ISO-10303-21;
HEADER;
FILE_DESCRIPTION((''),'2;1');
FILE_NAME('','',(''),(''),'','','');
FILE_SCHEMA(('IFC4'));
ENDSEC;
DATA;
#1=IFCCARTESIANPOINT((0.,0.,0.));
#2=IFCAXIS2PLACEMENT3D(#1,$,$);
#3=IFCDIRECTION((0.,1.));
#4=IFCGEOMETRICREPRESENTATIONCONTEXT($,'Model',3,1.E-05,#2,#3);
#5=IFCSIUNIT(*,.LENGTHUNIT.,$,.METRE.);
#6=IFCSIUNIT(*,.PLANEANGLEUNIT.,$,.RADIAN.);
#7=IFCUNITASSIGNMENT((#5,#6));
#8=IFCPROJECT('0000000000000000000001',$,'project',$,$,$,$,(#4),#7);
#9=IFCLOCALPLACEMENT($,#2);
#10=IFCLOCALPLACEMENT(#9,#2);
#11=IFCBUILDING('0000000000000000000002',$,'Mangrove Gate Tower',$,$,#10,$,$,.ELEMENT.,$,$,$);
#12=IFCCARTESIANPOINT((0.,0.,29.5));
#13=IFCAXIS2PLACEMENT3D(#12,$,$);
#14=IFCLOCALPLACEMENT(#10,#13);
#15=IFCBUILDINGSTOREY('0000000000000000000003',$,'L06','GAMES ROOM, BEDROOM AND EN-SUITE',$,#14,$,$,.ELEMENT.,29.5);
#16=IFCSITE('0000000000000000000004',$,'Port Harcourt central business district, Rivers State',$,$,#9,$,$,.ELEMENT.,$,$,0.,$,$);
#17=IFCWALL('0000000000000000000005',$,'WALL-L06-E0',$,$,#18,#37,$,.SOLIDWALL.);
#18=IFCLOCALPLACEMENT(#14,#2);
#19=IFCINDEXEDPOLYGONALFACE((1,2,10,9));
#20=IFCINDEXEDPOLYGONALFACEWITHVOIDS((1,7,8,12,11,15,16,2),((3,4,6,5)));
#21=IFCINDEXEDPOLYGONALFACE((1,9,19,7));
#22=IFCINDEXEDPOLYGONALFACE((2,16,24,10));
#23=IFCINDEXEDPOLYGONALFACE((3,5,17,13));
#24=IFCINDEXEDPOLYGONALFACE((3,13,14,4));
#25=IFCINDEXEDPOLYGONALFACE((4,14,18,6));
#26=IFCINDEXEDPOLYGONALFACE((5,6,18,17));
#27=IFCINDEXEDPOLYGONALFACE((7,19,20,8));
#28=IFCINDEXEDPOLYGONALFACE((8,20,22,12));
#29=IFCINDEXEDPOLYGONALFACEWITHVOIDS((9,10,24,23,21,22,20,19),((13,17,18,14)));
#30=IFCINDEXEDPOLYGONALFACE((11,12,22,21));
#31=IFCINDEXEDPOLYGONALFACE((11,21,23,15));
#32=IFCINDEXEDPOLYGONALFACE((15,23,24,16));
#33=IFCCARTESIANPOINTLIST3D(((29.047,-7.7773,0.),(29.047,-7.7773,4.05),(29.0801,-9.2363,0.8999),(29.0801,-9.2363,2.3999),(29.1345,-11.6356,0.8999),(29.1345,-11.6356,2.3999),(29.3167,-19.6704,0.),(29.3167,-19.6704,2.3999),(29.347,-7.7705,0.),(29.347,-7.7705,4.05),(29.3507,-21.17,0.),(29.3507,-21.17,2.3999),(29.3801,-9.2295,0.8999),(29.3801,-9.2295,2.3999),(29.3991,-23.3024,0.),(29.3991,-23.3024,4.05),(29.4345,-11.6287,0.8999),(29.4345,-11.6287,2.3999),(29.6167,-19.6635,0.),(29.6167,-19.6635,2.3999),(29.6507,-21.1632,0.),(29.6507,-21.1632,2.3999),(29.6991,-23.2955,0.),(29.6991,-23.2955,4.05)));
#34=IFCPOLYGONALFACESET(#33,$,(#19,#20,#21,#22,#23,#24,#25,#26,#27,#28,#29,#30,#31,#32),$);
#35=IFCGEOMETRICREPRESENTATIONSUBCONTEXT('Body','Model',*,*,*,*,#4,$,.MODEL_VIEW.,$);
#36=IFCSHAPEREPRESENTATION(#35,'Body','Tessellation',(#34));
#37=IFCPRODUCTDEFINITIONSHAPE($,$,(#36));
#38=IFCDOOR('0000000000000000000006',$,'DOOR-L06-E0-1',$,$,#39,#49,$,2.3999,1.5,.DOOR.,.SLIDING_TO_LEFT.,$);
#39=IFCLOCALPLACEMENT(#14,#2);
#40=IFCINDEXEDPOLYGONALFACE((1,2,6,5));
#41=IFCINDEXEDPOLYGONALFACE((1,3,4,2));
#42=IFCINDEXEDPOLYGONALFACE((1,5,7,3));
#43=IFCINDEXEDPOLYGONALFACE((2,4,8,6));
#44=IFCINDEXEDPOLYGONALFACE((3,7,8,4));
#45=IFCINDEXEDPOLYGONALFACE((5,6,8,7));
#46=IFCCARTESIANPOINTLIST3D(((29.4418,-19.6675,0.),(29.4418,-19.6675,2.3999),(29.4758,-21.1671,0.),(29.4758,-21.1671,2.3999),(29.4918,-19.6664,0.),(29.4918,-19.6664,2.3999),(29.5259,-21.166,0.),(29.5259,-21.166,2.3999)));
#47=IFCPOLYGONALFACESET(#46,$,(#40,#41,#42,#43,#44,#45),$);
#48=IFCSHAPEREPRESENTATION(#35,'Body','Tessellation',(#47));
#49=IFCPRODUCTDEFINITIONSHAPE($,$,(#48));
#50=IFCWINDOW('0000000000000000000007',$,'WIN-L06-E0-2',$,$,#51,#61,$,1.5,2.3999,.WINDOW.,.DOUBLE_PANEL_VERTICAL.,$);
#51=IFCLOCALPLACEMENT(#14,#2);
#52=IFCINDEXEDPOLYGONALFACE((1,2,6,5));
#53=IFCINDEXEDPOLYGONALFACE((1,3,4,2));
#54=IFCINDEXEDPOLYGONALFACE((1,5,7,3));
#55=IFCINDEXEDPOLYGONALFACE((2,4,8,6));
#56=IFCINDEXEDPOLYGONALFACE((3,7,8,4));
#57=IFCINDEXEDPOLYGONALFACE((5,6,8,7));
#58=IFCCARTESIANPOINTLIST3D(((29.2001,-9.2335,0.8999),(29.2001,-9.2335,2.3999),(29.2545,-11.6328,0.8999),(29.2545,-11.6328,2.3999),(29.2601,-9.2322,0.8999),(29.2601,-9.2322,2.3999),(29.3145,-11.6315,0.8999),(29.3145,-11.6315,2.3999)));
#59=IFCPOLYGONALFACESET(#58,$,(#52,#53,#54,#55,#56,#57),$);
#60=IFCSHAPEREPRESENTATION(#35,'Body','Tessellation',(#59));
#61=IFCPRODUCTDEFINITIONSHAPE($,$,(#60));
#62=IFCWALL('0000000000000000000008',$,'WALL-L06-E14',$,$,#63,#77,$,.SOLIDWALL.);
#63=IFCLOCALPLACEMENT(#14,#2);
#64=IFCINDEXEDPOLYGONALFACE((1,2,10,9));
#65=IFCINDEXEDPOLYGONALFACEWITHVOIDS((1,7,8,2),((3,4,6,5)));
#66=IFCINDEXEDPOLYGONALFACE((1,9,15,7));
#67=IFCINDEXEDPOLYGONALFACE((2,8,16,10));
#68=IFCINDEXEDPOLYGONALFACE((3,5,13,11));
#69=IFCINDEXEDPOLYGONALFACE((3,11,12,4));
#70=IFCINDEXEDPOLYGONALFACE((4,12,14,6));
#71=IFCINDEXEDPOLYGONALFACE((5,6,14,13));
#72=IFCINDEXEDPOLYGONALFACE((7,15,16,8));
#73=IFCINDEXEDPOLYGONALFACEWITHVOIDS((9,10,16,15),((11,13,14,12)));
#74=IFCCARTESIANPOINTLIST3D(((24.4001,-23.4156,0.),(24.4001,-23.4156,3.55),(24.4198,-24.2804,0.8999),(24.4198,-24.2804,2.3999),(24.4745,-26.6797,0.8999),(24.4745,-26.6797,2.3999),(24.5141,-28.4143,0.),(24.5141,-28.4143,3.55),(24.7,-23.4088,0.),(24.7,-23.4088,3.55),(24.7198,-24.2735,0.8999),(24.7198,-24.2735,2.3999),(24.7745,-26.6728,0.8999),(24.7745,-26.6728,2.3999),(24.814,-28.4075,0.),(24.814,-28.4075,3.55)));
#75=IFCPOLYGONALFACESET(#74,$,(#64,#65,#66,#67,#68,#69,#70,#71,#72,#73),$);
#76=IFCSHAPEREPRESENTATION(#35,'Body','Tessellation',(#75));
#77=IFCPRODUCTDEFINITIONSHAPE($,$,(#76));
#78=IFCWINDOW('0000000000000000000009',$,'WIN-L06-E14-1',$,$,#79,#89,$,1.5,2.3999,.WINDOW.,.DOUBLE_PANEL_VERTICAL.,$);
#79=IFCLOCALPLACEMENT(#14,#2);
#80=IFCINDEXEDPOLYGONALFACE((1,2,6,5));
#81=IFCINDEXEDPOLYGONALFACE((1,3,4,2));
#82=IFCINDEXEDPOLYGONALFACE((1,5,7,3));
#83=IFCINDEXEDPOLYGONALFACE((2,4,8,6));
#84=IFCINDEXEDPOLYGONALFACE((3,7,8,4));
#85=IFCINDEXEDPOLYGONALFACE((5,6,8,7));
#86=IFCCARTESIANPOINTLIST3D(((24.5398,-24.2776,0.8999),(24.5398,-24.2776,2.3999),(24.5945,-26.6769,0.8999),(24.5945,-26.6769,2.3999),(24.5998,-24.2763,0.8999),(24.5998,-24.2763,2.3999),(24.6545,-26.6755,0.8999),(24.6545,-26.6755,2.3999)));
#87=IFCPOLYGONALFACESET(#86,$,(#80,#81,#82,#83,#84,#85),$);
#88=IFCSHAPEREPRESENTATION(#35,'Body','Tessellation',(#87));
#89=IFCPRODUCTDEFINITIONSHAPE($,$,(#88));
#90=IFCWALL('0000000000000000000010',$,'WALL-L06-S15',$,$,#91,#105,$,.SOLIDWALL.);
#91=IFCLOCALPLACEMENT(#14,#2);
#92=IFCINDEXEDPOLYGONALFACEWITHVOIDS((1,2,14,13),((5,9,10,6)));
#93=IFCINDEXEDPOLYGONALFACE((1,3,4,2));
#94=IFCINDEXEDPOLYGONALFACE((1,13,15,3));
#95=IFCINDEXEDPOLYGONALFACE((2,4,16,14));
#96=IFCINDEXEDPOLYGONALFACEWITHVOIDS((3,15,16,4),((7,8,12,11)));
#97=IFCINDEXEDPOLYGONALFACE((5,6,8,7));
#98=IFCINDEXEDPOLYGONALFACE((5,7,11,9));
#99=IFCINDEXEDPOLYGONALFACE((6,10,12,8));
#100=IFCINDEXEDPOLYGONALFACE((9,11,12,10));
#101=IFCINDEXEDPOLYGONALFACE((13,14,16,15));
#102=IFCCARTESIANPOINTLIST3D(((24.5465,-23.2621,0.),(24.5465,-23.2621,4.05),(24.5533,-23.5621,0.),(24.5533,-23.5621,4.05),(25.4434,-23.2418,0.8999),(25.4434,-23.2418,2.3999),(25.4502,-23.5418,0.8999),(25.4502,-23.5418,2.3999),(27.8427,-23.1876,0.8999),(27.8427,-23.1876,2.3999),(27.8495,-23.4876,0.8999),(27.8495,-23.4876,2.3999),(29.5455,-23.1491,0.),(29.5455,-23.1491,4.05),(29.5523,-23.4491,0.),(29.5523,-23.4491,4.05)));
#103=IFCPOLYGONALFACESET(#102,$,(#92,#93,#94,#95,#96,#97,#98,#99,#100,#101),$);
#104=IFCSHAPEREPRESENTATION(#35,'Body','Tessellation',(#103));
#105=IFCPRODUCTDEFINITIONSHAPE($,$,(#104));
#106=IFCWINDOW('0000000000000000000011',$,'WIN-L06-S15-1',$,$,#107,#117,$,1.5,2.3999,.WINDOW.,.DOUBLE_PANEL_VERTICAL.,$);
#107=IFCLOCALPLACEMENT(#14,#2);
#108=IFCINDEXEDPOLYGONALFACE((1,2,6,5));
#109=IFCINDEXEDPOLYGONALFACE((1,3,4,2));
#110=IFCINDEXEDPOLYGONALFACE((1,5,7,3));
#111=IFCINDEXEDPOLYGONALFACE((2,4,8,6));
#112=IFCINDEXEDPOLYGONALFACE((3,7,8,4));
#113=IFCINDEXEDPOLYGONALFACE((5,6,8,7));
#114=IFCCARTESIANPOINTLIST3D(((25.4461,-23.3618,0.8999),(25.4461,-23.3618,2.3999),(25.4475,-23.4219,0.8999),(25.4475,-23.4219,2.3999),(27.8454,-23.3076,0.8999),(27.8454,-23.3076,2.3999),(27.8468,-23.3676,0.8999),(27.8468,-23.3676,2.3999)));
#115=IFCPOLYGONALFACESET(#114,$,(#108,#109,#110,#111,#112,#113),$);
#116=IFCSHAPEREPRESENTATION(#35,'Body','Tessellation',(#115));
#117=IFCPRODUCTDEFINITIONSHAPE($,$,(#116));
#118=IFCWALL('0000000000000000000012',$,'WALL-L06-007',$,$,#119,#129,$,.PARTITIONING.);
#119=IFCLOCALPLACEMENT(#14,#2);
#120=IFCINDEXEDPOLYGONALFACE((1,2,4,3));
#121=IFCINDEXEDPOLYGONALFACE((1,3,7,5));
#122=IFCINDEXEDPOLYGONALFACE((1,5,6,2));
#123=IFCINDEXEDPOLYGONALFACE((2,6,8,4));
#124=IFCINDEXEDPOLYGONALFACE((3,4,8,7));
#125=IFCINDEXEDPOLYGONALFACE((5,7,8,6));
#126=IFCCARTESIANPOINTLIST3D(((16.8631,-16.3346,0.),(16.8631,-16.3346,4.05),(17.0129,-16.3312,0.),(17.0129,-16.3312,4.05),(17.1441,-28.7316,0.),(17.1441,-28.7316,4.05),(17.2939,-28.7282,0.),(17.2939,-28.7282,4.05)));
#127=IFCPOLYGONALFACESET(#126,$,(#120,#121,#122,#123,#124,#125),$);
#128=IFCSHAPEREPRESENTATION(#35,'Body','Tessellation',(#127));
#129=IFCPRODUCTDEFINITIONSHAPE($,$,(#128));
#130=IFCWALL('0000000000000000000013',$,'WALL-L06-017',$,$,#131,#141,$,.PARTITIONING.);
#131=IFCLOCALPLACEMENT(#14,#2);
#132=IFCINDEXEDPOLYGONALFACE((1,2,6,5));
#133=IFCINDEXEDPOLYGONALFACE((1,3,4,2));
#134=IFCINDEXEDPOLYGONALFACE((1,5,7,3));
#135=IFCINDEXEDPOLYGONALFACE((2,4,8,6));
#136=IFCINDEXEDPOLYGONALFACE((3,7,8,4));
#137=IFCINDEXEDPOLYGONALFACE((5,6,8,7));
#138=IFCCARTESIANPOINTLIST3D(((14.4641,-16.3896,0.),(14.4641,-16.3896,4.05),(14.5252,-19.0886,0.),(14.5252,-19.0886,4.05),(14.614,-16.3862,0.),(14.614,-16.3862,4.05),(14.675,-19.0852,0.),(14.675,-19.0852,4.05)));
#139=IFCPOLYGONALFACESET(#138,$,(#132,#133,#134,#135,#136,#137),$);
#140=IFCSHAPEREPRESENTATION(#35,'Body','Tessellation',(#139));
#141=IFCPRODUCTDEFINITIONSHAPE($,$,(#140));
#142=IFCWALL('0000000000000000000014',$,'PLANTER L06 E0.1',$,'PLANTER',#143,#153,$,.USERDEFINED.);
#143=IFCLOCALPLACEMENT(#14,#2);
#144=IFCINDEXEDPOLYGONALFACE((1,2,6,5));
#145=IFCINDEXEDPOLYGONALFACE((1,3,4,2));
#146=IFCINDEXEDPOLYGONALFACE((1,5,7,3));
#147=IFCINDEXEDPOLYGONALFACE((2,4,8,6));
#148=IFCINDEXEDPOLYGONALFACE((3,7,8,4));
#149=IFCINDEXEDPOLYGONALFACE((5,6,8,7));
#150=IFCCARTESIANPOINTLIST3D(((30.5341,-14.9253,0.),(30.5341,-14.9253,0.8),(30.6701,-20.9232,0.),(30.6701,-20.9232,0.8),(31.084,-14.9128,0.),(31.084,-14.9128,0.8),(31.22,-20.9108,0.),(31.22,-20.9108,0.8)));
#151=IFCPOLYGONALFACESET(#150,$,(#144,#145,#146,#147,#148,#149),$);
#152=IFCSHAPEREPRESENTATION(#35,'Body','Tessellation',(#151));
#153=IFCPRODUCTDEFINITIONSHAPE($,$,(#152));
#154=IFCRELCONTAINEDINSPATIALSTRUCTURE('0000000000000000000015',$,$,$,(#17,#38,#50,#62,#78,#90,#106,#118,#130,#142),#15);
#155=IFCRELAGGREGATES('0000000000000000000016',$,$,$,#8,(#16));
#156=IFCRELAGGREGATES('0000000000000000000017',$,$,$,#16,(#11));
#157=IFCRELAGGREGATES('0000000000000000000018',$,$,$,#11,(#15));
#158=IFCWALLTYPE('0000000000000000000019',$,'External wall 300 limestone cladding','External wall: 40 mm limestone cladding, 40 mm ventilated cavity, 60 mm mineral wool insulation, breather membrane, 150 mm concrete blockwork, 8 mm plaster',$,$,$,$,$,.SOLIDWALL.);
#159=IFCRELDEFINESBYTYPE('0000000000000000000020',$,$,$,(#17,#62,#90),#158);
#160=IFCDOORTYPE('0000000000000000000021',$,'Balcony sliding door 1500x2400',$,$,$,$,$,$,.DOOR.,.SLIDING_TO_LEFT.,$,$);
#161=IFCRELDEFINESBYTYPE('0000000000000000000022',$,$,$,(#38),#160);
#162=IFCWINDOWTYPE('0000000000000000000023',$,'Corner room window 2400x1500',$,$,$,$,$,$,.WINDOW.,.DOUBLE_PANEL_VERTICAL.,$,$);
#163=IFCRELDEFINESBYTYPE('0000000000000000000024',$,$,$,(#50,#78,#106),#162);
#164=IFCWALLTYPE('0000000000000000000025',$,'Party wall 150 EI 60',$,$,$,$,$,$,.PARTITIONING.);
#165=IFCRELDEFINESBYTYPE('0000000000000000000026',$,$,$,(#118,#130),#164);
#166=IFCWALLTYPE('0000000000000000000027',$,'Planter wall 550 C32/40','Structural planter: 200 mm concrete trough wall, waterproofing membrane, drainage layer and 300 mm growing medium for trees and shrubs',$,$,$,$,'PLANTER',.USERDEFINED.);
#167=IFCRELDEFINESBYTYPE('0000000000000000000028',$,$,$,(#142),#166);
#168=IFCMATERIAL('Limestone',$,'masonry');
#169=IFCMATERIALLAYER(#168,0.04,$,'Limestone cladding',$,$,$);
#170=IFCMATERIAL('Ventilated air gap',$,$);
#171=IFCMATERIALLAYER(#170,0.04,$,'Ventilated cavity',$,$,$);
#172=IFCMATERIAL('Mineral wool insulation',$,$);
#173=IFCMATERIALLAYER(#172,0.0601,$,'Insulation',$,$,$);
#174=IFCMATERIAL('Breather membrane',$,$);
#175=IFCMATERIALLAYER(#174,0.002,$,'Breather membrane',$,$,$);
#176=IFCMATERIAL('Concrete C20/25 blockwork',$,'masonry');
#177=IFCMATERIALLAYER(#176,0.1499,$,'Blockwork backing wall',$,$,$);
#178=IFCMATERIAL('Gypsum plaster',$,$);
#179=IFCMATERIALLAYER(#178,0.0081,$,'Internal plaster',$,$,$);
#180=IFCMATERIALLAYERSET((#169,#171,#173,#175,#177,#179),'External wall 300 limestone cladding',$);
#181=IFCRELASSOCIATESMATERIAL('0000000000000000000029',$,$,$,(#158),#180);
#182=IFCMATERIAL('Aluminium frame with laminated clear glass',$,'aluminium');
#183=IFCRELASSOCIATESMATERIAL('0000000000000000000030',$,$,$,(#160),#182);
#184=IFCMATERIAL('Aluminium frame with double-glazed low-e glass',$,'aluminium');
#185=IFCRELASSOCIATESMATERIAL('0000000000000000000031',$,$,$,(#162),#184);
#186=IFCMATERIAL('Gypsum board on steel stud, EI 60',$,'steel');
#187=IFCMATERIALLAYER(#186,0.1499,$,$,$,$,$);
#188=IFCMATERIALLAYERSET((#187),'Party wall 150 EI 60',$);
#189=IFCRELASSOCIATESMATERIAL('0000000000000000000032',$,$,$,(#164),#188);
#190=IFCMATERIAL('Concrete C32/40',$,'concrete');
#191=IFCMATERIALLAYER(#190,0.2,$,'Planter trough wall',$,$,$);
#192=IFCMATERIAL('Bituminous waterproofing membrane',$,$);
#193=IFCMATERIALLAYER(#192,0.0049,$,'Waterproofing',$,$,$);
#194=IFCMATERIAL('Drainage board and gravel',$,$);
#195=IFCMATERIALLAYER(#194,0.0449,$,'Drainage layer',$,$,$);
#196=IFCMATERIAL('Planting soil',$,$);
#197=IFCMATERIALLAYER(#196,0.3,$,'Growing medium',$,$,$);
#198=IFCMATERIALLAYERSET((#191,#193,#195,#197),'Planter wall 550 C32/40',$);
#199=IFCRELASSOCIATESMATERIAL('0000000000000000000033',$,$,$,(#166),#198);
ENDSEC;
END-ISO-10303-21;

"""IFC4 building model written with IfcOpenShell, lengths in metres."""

from ifc_helpers import new_model, si_unit, direction, frame, frame_2d, origin, place, context, subcontext, project, spatial, rectangle, extrude, material, layer, layer_set, type_object, element, fill, save


model = new_model("IFC4")

# Units and contexts
model_context = context("Model", 3, precision=1e-05, world=origin(), true_north=direction((0.0, 1.0)))
body_context = subcontext(model_context, "Body", "Model", "MODEL_VIEW")
ifc_project = project(units=[si_unit("LENGTHUNIT", "METRE"), si_unit("PLANEANGLEUNIT", "RADIAN")], contexts=[model_context])

# Site, building, storey
site_placement = place(None, origin())
site = spatial("IfcSite", under=ifc_project, at=site_placement, Name="Port Harcourt central business district, Rivers State", CompositionType="ELEMENT", RefElevation=0.0)
building_placement = place(site_placement, origin())
building = spatial("IfcBuilding", under=site, at=building_placement, Name="Mangrove Gate Tower", CompositionType="ELEMENT")
storey_placement = place(building_placement, frame((0.0, 0.0, 29.5)))
storey = spatial("IfcBuildingStorey", under=building, at=storey_placement, Name="L06", Description="GAMES ROOM, BEDROOM AND EN-SUITE", CompositionType="ELEMENT", Elevation=29.5)

# Wall, openings, door, window
ifc_material_1 = material(Name="Limestone", Category="masonry")
ifc_layer_1 = layer(ifc_material_1, 0.04, Name="Limestone cladding")
ifc_material_2 = material(Name="Ventilated air gap")
ifc_layer_2 = layer(ifc_material_2, 0.04, Name="Ventilated cavity")
ifc_material_3 = material(Name="Mineral wool insulation")
ifc_layer_3 = layer(ifc_material_3, 0.0601, Name="Insulation")
ifc_material_4 = material(Name="Breather membrane")
ifc_layer_4 = layer(ifc_material_4, 0.002, Name="Breather membrane")
ifc_material_5 = material(Name="Concrete C20/25 blockwork", Category="masonry")
ifc_layer_5 = layer(ifc_material_5, 0.1499, Name="Blockwork backing wall")
ifc_material_6 = material(Name="Gypsum plaster")
ifc_layer_6 = layer(ifc_material_6, 0.0081, Name="Internal plaster")
ifc_layer_set_1 = layer_set([ifc_layer_1, ifc_layer_2, ifc_layer_3, ifc_layer_4, ifc_layer_5, ifc_layer_6], Name="External wall 300 limestone cladding")
wall_type_1 = type_object("IfcWallType", Name="External wall 300 limestone cladding", Description="External wall: 40 mm limestone cladding, 40 mm ventilated cavity, 60 mm mineral wool insulation, breather membrane, 150 mm concrete blockwork, 8 mm plaster", PredefinedType="SOLIDWALL", material=ifc_layer_set_1)
wall_1_placement = place(storey_placement, frame((29.5491, -23.2991, 0.0), z_axis=(0.0, 0.0, 1.0), x_axis=(-0.02267, 0.999743, 0.0)))
wall_1 = element("IfcWall", 1, at=wall_1_placement, inside=storey, type_object=wall_type_1, Name="WALL-L06-E0", PredefinedType="SOLIDWALL", context=body_context, shape_type="SweptSolid", body=[
    extrude(rectangle(XDim=15.5291, YDim=0.3, at=frame_2d((7.7646, 0.0))), origin(), (0.0, 0.0, 1.0), 4.05),
])
opening_1_placement = place(wall_1_placement, frame((2.1331, 0.0, 0.0)))
opening_1 = element("IfcOpeningElement", 2, at=opening_1_placement, cuts=wall_1, PredefinedType="OPENING", context=body_context, shape_type="SweptSolid", body=[
    extrude(rectangle(XDim=1.5, YDim=2.3999, at=frame_2d((0.75, 1.2))), frame((0.0, 0.1599, 0.0), z_axis=(0.0, -1.0, 0.0), x_axis=(1.0, 0.0, 0.0)), (0.0, 0.0, 1.0), 0.3201),
])
opening_2_placement = place(wall_1_placement, frame((11.6699, 0.0, 0.8999)))
opening_2 = element("IfcOpeningElement", 3, at=opening_2_placement, cuts=wall_1, PredefinedType="OPENING", context=body_context, shape_type="SweptSolid", body=[
    extrude(rectangle(XDim=2.3999, YDim=1.5, at=frame_2d((1.2, 0.75))), frame((0.0, 0.1599, 0.0), z_axis=(0.0, -1.0, 0.0), x_axis=(1.0, 0.0, 0.0)), (0.0, 0.0, 1.0), 0.3201),
])
ifc_material_7 = material(Name="Aluminium frame with laminated clear glass", Category="aluminium")
door_type = type_object("IfcDoorType", Name="Balcony sliding door 1500x2400", OperationType="SLIDING_TO_LEFT", PredefinedType="DOOR", material=ifc_material_7)
door_placement = place(opening_1_placement, origin())
door = element("IfcDoor", 4, at=door_placement, inside=storey, type_object=door_type, Name="DOOR-L06-E0-1", OperationType="SLIDING_TO_LEFT", OverallHeight=2.3999, OverallWidth=1.5, PredefinedType="DOOR", context=body_context, shape_type="SweptSolid", body=[
    extrude(rectangle(XDim=1.5, YDim=2.3999, at=frame_2d((0.75, 1.2))), frame((0.0, 0.0249, 0.0), z_axis=(0.0, -1.0, 0.0), x_axis=(1.0, 0.0, 0.0)), (0.0, 0.0, 1.0), 0.05),
])
fill(opening_1, door)
ifc_material_8 = material(Name="Aluminium frame with double-glazed low-e glass", Category="aluminium")
window_type = type_object("IfcWindowType", Name="Corner room window 2400x1500", PartitioningType="DOUBLE_PANEL_VERTICAL", PredefinedType="WINDOW", material=ifc_material_8)
window_1_placement = place(opening_2_placement, origin())
window_1 = element("IfcWindow", 5, at=window_1_placement, inside=storey, type_object=window_type, Name="WIN-L06-E0-2", OverallHeight=1.5, OverallWidth=2.3999, PartitioningType="DOUBLE_PANEL_VERTICAL", PredefinedType="WINDOW", context=body_context, shape_type="SweptSolid", body=[
    extrude(rectangle(XDim=2.3999, YDim=1.5, at=frame_2d((1.2, 0.75))), frame((0.0, 0.03, 0.0), z_axis=(0.0, -1.0, 0.0), x_axis=(1.0, 0.0, 0.0)), (0.0, 0.0, 1.0), 0.0601),
])
fill(opening_2, window_1)

# Walls, openings, windows
wall_2_placement = place(storey_placement, frame((24.6641, -28.4109, 0.0), z_axis=(0.0, 0.0, 1.0), x_axis=(-0.022802, 0.99974, 0.0)))
wall_2 = element("IfcWall", 6, at=wall_2_placement, inside=storey, type_object=wall_type_1, Name="WALL-L06-E14", PredefinedType="SOLIDWALL", context=body_context, shape_type="SweptSolid", body=[
    extrude(rectangle(XDim=5.0, YDim=0.3, at=frame_2d((2.5, 0.0))), origin(), (0.0, 0.0, 1.0), 3.55),
])
opening_3_placement = place(wall_2_placement, frame((1.7351, 0.0, 0.8999)))
opening_3 = element("IfcOpeningElement", 7, at=opening_3_placement, cuts=wall_2, PredefinedType="OPENING", context=body_context, shape_type="SweptSolid", body=[
    extrude(rectangle(XDim=2.3999, YDim=1.5, at=frame_2d((1.2, 0.75))), frame((0.0, 0.1599, 0.0), z_axis=(0.0, -1.0, 0.0), x_axis=(1.0, 0.0, 0.0)), (0.0, 0.0, 1.0), 0.3201),
])
window_2_placement = place(opening_3_placement, origin())
window_2 = element("IfcWindow", 8, at=window_2_placement, inside=storey, type_object=window_type, Name="WIN-L06-E14-1", OverallHeight=1.5, OverallWidth=2.3999, PartitioningType="DOUBLE_PANEL_VERTICAL", PredefinedType="WINDOW", context=body_context, shape_type="SweptSolid", body=[
    extrude(rectangle(XDim=2.3999, YDim=1.5, at=frame_2d((1.2, 0.75))), frame((0.0, 0.03, 0.0), z_axis=(0.0, -1.0, 0.0), x_axis=(1.0, 0.0, 0.0)), (0.0, 0.0, 1.0), 0.0601),
])
fill(opening_3, window_2)
wall_3_placement = place(storey_placement, frame((24.55, -23.4121, 0.0), z_axis=(0.0, 0.0, 1.0), x_axis=(0.999744, 0.022606, 0.0)))
wall_3 = element("IfcWall", 9, at=wall_3_placement, inside=storey, type_object=wall_type_1, Name="WALL-L06-S15", PredefinedType="SOLIDWALL", context=body_context, shape_type="SweptSolid", body=[
    extrude(rectangle(XDim=5.0002, YDim=0.3, at=frame_2d((2.5, 0.0))), origin(), (0.0, 0.0, 1.0), 4.05),
])
opening_4_placement = place(wall_3_placement, frame((0.897, 0.0, 0.8999)))
opening_4 = element("IfcOpeningElement", 10, at=opening_4_placement, cuts=wall_3, PredefinedType="OPENING", context=body_context, shape_type="SweptSolid", body=[
    extrude(rectangle(XDim=2.3999, YDim=1.5, at=frame_2d((1.2, 0.75))), frame((0.0, 0.1599, 0.0), z_axis=(0.0, -1.0, 0.0), x_axis=(1.0, 0.0, 0.0)), (0.0, 0.0, 1.0), 0.3201),
])
window_3_placement = place(opening_4_placement, origin())
window_3 = element("IfcWindow", 11, at=window_3_placement, inside=storey, type_object=window_type, Name="WIN-L06-S15-1", OverallHeight=1.5, OverallWidth=2.3999, PartitioningType="DOUBLE_PANEL_VERTICAL", PredefinedType="WINDOW", context=body_context, shape_type="SweptSolid", body=[
    extrude(rectangle(XDim=2.3999, YDim=1.5, at=frame_2d((1.2, 0.75))), frame((0.0, 0.03, 0.0), z_axis=(0.0, -1.0, 0.0), x_axis=(1.0, 0.0, 0.0)), (0.0, 0.0, 1.0), 0.0601),
])
fill(opening_4, window_3)

# Walls
ifc_material_9 = material(Name="Gypsum board on steel stud, EI 60", Category="steel")
ifc_layer_7 = layer(ifc_material_9, 0.1499)
ifc_layer_set_2 = layer_set([ifc_layer_7], Name="Party wall 150 EI 60")
wall_type_2 = type_object("IfcWallType", Name="Party wall 150 EI 60", PredefinedType="PARTITIONING", material=ifc_layer_set_2)
wall_4_placement = place(storey_placement, frame((17.219, -28.73, 0.0), z_axis=(0.0, 0.0, 1.0), x_axis=(-0.022661, 0.999743, 0.0)))
element("IfcWall", 12, at=wall_4_placement, inside=storey, type_object=wall_type_2, Name="WALL-L06-007", PredefinedType="PARTITIONING", context=body_context, shape_type="SweptSolid", body=[
    extrude(rectangle(XDim=12.4001, YDim=0.1499, at=frame_2d((6.2002, 0.0))), origin(), (0.0, 0.0, 1.0), 4.05),
])
wall_5_placement = place(storey_placement, frame((14.6001, -19.0869, 0.0), z_axis=(0.0, 0.0, 1.0), x_axis=(-0.022608, 0.999744, 0.0)))
element("IfcWall", 13, at=wall_5_placement, inside=storey, type_object=wall_type_2, Name="WALL-L06-017", PredefinedType="PARTITIONING", context=body_context, shape_type="SweptSolid", body=[
    extrude(rectangle(XDim=2.6997, YDim=0.1499, at=frame_2d((1.3499, 0.0))), origin(), (0.0, 0.0, 1.0), 4.05),
])
ifc_material_10 = material(Name="Concrete C32/40", Category="concrete")
ifc_layer_8 = layer(ifc_material_10, 0.2, Name="Planter trough wall")
ifc_material_11 = material(Name="Bituminous waterproofing membrane")
ifc_layer_9 = layer(ifc_material_11, 0.0049, Name="Waterproofing")
ifc_material_12 = material(Name="Drainage board and gravel")
ifc_layer_10 = layer(ifc_material_12, 0.0449, Name="Drainage layer")
ifc_material_13 = material(Name="Planting soil")
ifc_layer_11 = layer(ifc_material_13, 0.3, Name="Growing medium")
ifc_layer_set_3 = layer_set([ifc_layer_8, ifc_layer_9, ifc_layer_10, ifc_layer_11], Name="Planter wall 550 C32/40")
wall_type_3 = type_object("IfcWallType", Name="Planter wall 550 C32/40", Description="Structural planter: 200 mm concrete trough wall, waterproofing membrane, drainage layer and 300 mm growing medium for trees and shrubs", ElementType="PLANTER", PredefinedType="USERDEFINED", material=ifc_layer_set_3)
wall_6_placement = place(storey_placement, frame((30.9451, -20.917, 0.0), z_axis=(0.0, 0.0, 1.0), x_axis=(-0.022666, 0.999743, 0.0)))
element("IfcWall", 14, at=wall_6_placement, inside=storey, type_object=wall_type_3, Name="PLANTER L06 E0.1", ObjectType="PLANTER", PredefinedType="USERDEFINED", context=body_context, shape_type="SweptSolid", body=[
    extrude(rectangle(XDim=5.9995, YDim=0.55, at=frame_2d((2.9998, 0.0))), origin(), (0.0, 0.0, 1.0), 0.8),
])

save(model, "model.ifc")
